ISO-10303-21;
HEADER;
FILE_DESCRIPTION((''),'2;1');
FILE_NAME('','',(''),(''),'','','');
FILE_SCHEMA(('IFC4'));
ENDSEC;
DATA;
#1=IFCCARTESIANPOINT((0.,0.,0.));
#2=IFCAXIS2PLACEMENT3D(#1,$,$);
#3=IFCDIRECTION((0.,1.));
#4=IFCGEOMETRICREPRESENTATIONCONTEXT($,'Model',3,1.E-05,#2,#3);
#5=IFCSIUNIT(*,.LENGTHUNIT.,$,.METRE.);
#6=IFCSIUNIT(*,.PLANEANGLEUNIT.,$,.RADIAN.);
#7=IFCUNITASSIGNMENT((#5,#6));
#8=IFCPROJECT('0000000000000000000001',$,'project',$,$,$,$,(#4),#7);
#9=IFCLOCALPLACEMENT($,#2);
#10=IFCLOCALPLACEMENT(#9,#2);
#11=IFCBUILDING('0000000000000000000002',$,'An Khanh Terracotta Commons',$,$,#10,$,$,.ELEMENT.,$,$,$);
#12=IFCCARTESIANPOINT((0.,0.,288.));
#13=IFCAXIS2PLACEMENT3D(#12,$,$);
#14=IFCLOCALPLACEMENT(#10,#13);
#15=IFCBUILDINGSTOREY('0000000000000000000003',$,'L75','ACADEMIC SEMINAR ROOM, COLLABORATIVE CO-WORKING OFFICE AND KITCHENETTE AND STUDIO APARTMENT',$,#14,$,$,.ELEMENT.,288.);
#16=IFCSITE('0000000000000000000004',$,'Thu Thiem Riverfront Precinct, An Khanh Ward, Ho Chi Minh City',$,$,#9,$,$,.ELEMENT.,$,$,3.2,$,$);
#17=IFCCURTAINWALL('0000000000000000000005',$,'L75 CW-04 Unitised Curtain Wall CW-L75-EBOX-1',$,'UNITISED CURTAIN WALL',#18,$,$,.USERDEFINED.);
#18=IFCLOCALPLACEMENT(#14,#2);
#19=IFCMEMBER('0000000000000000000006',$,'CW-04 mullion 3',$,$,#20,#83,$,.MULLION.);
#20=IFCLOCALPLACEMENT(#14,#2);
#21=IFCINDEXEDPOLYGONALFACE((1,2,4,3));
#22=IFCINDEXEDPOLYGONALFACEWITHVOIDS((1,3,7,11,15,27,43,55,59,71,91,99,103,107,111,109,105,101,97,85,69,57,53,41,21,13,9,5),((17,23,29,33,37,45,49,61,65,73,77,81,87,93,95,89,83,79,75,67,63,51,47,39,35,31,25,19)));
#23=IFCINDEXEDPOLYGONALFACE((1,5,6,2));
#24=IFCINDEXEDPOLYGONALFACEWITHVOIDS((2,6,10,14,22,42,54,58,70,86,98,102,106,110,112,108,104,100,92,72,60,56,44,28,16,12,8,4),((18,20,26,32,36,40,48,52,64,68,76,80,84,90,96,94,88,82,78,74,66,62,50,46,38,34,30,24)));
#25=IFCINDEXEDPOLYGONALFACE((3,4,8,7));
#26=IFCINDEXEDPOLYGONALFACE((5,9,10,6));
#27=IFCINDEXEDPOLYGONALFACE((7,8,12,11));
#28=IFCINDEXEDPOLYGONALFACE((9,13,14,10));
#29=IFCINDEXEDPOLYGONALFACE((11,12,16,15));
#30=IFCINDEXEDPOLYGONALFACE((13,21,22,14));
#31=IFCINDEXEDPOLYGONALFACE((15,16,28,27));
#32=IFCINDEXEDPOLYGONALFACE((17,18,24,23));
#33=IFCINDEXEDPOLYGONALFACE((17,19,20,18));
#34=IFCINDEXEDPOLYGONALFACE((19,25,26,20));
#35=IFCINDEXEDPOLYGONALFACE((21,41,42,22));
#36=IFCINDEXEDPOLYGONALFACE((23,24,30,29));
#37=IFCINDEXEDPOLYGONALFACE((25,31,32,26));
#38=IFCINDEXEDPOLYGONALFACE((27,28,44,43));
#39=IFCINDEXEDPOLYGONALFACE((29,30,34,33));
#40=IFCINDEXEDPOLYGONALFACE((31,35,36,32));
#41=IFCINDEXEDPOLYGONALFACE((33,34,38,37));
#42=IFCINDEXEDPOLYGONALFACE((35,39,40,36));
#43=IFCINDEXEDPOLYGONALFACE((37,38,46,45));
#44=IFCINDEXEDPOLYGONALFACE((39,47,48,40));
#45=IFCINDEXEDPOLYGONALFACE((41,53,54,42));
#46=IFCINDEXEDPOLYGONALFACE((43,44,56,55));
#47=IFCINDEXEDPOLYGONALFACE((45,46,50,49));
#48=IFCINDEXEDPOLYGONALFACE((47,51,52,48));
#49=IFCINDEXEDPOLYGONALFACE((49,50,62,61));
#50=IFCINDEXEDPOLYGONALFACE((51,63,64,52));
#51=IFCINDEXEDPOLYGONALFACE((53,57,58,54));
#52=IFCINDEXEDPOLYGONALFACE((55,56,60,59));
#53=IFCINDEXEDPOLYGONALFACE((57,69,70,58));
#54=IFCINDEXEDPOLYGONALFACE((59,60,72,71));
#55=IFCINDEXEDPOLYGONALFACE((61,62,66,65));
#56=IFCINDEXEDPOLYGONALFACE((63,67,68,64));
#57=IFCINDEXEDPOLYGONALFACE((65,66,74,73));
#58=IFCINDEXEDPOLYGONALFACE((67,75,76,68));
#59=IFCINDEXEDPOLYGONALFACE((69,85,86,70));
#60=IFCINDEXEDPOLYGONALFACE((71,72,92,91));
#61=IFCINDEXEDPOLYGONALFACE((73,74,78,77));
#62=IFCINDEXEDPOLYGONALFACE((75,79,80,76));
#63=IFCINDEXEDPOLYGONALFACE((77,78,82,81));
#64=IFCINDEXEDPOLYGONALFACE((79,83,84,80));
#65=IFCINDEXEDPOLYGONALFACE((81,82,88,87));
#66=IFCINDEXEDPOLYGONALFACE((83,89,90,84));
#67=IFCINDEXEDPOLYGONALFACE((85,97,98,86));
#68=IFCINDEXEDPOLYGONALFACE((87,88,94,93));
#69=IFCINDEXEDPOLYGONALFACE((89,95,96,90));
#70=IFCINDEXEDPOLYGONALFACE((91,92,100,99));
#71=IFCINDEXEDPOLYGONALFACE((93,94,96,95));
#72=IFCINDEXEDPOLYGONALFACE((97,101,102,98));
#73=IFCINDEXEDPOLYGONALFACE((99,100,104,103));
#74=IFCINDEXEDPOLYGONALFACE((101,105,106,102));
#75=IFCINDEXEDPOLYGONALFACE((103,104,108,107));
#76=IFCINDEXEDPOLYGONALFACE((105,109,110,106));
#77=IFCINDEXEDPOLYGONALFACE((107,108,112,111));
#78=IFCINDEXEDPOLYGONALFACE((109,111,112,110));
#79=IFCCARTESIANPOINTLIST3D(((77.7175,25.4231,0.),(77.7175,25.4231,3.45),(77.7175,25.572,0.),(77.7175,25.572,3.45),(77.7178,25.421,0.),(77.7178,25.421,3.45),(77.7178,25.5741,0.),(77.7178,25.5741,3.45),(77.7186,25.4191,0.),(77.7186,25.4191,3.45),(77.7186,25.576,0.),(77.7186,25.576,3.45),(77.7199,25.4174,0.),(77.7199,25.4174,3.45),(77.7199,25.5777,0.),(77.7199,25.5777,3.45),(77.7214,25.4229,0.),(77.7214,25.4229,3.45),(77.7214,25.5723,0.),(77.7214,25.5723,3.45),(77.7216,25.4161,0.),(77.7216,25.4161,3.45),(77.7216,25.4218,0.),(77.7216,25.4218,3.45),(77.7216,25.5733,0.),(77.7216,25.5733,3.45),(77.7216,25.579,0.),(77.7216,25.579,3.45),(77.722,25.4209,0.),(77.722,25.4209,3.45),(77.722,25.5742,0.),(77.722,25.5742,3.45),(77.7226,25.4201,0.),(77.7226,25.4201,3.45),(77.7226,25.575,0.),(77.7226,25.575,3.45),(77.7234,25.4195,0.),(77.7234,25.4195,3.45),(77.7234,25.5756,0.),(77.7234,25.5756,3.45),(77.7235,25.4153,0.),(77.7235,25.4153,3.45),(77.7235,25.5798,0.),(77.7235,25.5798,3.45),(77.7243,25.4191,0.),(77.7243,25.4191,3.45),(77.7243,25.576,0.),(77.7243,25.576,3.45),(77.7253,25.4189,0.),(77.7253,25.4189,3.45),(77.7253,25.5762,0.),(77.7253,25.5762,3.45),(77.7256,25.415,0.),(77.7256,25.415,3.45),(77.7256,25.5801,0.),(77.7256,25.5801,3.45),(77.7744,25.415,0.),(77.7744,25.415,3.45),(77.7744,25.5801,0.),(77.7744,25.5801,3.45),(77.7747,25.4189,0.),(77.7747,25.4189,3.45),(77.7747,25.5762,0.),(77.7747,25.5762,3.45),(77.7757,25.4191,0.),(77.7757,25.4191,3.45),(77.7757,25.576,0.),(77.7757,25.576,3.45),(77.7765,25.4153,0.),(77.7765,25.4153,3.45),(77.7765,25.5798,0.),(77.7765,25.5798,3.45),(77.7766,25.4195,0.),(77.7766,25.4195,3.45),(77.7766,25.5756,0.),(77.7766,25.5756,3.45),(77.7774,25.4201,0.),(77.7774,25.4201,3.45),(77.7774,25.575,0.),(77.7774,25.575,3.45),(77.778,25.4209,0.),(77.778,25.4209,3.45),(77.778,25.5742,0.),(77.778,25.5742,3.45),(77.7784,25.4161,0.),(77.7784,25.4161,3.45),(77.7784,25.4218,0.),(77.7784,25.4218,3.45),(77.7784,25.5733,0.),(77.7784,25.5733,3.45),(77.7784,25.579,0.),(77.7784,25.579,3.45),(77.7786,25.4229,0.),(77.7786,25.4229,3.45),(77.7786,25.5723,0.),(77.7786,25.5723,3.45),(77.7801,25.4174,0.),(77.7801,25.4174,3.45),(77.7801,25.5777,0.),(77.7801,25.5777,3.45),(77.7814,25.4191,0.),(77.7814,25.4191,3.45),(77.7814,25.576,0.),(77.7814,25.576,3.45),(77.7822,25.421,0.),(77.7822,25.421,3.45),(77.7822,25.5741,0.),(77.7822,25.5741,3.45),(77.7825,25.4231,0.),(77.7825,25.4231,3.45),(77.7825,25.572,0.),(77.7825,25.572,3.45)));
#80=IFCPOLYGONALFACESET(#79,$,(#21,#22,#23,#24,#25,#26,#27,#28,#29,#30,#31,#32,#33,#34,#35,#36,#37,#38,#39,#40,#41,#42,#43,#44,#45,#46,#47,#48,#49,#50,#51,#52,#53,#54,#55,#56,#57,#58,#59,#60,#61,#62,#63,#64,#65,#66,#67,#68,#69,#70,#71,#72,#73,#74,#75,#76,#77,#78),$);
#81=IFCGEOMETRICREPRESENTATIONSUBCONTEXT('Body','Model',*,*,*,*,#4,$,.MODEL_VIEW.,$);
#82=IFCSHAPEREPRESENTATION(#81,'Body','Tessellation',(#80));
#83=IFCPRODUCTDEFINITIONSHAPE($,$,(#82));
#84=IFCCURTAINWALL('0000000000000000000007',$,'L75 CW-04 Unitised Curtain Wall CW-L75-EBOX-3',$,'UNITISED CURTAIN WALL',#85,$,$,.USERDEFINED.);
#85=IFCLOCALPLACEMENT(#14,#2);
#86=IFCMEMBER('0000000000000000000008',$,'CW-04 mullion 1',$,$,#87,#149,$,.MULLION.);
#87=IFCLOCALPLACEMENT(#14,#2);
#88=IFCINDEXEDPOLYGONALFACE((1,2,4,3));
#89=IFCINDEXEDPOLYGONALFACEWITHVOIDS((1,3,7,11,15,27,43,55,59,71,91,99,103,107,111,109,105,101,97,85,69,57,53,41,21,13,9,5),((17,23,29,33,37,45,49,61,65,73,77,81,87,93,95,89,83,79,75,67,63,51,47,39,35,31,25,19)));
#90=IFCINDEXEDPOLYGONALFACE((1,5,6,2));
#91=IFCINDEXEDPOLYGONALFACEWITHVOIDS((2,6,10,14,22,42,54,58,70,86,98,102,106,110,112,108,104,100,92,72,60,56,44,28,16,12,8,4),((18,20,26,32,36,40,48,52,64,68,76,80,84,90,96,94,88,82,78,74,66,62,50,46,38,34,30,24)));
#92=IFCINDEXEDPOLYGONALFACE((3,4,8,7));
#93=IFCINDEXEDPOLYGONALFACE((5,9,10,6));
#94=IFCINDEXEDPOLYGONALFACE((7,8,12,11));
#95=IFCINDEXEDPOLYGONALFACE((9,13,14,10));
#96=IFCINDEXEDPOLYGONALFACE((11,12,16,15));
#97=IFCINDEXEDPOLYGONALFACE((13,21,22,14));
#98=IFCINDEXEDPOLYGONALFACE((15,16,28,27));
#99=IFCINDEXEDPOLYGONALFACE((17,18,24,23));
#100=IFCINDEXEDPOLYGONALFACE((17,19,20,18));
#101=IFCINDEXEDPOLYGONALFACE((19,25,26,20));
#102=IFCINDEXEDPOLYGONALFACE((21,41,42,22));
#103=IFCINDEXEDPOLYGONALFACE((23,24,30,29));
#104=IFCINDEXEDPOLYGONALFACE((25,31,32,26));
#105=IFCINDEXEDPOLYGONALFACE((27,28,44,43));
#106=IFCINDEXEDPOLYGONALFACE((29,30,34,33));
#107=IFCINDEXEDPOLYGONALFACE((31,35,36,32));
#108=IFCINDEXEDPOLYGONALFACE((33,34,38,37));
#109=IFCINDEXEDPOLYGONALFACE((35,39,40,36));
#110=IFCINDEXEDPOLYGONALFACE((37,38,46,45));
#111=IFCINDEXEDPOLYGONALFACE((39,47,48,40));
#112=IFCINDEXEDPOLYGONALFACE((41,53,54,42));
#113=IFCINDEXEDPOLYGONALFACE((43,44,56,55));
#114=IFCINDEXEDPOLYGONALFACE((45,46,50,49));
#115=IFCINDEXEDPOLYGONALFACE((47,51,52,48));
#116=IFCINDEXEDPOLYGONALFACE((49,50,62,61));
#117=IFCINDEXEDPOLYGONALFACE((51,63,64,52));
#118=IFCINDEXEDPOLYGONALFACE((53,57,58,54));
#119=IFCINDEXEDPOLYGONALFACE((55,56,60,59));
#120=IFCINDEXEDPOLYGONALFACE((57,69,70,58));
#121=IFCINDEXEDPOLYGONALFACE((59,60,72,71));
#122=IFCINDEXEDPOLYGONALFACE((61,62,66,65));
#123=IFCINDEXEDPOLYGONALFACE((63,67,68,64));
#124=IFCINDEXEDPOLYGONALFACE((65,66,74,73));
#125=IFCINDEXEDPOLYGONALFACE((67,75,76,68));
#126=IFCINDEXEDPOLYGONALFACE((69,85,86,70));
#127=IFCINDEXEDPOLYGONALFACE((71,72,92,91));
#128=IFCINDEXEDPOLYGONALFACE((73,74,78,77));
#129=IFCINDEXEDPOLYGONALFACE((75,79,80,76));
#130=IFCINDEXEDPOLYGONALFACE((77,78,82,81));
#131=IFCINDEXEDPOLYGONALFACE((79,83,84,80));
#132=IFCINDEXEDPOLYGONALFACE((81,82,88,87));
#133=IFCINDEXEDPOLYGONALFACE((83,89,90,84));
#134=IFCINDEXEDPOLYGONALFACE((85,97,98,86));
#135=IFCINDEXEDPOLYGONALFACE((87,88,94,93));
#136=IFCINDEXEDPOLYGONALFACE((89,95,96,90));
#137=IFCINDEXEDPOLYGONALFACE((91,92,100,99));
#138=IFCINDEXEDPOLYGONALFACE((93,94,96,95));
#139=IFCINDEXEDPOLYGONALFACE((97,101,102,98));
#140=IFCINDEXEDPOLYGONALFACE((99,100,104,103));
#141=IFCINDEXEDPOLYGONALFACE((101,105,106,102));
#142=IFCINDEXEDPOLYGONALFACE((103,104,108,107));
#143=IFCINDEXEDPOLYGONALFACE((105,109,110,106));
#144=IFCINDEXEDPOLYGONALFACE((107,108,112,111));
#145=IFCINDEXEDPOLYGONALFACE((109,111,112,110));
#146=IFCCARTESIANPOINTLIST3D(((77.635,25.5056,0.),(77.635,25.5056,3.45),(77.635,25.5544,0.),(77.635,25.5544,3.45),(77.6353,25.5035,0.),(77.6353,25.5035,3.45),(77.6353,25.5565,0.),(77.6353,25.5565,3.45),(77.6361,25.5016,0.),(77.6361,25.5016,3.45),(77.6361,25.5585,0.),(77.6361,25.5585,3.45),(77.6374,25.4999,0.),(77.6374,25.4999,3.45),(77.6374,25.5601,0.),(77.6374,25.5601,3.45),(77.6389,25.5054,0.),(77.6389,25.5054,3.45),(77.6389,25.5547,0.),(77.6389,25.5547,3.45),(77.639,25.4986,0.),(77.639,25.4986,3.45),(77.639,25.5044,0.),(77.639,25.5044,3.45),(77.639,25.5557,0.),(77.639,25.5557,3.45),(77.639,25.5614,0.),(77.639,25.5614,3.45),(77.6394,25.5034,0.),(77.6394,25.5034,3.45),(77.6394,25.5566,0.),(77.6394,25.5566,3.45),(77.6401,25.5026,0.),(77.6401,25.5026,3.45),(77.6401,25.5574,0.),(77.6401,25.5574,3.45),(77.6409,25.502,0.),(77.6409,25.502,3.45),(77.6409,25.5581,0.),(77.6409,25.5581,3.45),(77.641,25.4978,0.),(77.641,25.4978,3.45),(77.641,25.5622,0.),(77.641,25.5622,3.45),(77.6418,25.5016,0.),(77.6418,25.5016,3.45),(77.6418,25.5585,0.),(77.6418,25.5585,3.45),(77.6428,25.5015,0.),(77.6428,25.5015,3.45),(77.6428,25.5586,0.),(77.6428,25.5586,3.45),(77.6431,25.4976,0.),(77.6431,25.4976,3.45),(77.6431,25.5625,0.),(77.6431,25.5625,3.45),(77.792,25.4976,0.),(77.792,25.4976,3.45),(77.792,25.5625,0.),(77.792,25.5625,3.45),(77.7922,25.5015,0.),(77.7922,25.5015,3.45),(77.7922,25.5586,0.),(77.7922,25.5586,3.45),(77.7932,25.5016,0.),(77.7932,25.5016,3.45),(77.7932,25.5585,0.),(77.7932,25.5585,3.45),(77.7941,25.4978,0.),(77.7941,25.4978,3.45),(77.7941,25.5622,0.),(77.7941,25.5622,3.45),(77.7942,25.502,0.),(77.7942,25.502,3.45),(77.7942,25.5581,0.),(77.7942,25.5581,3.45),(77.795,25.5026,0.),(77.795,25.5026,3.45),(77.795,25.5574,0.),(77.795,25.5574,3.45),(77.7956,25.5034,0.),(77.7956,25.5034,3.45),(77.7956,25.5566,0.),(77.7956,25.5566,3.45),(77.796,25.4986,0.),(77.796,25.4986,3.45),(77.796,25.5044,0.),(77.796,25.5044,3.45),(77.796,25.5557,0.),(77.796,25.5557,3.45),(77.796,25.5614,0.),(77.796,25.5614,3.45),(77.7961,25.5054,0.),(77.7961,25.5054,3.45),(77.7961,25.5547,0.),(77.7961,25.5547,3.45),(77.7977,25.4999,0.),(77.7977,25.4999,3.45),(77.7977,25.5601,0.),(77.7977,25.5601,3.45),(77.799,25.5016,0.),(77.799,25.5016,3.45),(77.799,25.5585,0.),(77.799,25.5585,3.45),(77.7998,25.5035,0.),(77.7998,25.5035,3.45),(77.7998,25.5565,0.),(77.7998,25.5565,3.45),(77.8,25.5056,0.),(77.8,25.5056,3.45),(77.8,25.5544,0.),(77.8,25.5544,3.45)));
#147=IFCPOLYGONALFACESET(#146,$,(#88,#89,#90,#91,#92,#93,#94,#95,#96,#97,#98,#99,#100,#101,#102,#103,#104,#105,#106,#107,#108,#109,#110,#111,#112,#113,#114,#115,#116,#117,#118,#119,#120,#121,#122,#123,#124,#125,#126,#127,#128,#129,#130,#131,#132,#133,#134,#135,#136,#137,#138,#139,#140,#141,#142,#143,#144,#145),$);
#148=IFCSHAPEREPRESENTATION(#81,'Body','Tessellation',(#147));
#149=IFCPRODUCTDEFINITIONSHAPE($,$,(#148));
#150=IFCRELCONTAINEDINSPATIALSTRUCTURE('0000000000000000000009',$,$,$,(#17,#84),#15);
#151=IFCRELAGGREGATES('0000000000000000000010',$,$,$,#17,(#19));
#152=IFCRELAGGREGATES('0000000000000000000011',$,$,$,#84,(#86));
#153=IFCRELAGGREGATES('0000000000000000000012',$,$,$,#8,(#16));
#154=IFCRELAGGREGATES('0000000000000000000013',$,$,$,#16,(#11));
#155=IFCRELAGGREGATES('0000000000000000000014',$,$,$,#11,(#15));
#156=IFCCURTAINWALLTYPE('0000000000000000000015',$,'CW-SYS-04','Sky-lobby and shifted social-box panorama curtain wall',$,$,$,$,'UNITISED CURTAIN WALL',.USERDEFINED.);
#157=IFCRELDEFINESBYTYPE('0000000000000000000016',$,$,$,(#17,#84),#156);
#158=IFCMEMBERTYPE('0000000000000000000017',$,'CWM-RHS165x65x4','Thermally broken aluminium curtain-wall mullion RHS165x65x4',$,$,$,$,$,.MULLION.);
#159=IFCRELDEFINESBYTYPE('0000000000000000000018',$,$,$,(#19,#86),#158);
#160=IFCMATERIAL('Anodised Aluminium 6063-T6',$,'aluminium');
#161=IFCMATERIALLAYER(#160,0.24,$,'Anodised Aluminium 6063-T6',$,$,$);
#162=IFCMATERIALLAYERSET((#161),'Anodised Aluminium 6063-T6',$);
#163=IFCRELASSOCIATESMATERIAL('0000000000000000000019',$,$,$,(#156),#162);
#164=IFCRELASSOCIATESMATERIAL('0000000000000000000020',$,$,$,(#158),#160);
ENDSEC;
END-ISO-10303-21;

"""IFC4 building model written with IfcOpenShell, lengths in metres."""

from ifc_helpers import new_model, si_unit, direction, frame, origin, origin_2d, place, context, subcontext, project, spatial, hollow_rectangle, extrude, material, layer, layer_set, material_profile, profile_set, type_object, element, aggregate, save


model = new_model("IFC4")

# Units and contexts
model_context = context("Model", 3, precision=1e-05, world=origin(), true_north=direction((0.0, 1.0)))
body_context = subcontext(model_context, "Body", "Model", "MODEL_VIEW")
ifc_project = project(units=[si_unit("LENGTHUNIT", "METRE"), si_unit("PLANEANGLEUNIT", "RADIAN")], contexts=[model_context])

# Site, building, storey
site_placement = place(None, origin())
site = spatial("IfcSite", under=ifc_project, at=site_placement, Name="Thu Thiem Riverfront Precinct, An Khanh Ward, Ho Chi Minh City", CompositionType="ELEMENT", RefElevation=3.2)
building_placement = place(site_placement, origin())
building = spatial("IfcBuilding", under=site, at=building_placement, Name="An Khanh Terracotta Commons", CompositionType="ELEMENT")
storey_placement = place(building_placement, frame((0.0, 0.0, 288.0)))
storey = spatial("IfcBuildingStorey", under=building, at=storey_placement, Name="L75", Description="ACADEMIC SEMINAR ROOM, COLLABORATIVE CO-WORKING OFFICE AND KITCHENETTE AND STUDIO APARTMENT", CompositionType="ELEMENT", Elevation=288.0)

# Curtain wall, member
ifc_material_1 = material(Name="Anodised Aluminium 6063-T6", Category="aluminium")
ifc_layer_1 = layer(ifc_material_1, 0.24, Name="Anodised Aluminium 6063-T6")
ifc_layer_set_1 = layer_set([ifc_layer_1], Name="Anodised Aluminium 6063-T6")
curtain_wall_type_1 = type_object("IfcCurtainWallType", Name="CW-SYS-04", Description="Sky-lobby and shifted social-box panorama curtain wall", ElementType="UNITISED CURTAIN WALL", PredefinedType="USERDEFINED", material=ifc_layer_set_1)
curtain_wall_1_placement = place(storey_placement, origin())
curtain_wall_1 = element("IfcCurtainWall", 1, at=curtain_wall_1_placement, inside=storey, type_object=curtain_wall_type_1, Name="L75 CW-04 Unitised Curtain Wall CW-L75-EBOX-1", ObjectType="UNITISED CURTAIN WALL", PredefinedType="USERDEFINED")
ifc_material_profile_1 = material_profile(ifc_material_1, hollow_rectangle(XDim=0.0649, YDim=0.165, WallThickness=0.0039, InnerFilletRadius=0.0039, OuterFilletRadius=0.0081, at=origin_2d()), Name="RHS165x65x4")
ifc_profile_set_1 = profile_set([ifc_material_profile_1], Name="Anodised Aluminium 6063-T6")
member_type_1 = type_object("IfcMemberType", Name="CWM-RHS165x65x4", Description="Thermally broken aluminium curtain-wall mullion RHS165x65x4", PredefinedType="MULLION", material=ifc_profile_set_1)
member_1_placement = place(storey_placement, frame((77.75, 25.4976, 0.0), z_axis=(0.0, 0.0, 1.0), x_axis=(-1.0, 0.0, 0.0)))
member_1 = element("IfcMember", 2, at=member_1_placement, type_object=member_type_1, Name="CW-04 mullion 3", PredefinedType="MULLION", context=body_context, shape_type="SweptSolid", body=[
    extrude(hollow_rectangle(XDim=0.0649, YDim=0.165, WallThickness=0.0039, InnerFilletRadius=0.0039, OuterFilletRadius=0.0081, at=origin_2d()), origin(), (0.0, 0.0, 1.0), 3.45),
])

# Curtain wall, member
curtain_wall_2_placement = place(storey_placement, origin())
curtain_wall_2 = element("IfcCurtainWall", 3, at=curtain_wall_2_placement, inside=storey, type_object=curtain_wall_type_1, Name="L75 CW-04 Unitised Curtain Wall CW-L75-EBOX-3", ObjectType="UNITISED CURTAIN WALL", PredefinedType="USERDEFINED")
member_2_placement = place(storey_placement, frame((77.7175, 25.53, 0.0), z_axis=(0.0, 0.0, 1.0), x_axis=(0.0, -1.0, 0.0)))
member_2 = element("IfcMember", 4, at=member_2_placement, type_object=member_type_1, Name="CW-04 mullion 1", PredefinedType="MULLION", context=body_context, shape_type="SweptSolid", body=[
    extrude(hollow_rectangle(XDim=0.0649, YDim=0.165, WallThickness=0.0039, InnerFilletRadius=0.0039, OuterFilletRadius=0.0081, at=origin_2d()), origin(), (0.0, 0.0, 1.0), 3.45),
])

aggregate(curtain_wall_1, [member_1])
aggregate(curtain_wall_2, [member_2])

save(model, "model.ifc")
